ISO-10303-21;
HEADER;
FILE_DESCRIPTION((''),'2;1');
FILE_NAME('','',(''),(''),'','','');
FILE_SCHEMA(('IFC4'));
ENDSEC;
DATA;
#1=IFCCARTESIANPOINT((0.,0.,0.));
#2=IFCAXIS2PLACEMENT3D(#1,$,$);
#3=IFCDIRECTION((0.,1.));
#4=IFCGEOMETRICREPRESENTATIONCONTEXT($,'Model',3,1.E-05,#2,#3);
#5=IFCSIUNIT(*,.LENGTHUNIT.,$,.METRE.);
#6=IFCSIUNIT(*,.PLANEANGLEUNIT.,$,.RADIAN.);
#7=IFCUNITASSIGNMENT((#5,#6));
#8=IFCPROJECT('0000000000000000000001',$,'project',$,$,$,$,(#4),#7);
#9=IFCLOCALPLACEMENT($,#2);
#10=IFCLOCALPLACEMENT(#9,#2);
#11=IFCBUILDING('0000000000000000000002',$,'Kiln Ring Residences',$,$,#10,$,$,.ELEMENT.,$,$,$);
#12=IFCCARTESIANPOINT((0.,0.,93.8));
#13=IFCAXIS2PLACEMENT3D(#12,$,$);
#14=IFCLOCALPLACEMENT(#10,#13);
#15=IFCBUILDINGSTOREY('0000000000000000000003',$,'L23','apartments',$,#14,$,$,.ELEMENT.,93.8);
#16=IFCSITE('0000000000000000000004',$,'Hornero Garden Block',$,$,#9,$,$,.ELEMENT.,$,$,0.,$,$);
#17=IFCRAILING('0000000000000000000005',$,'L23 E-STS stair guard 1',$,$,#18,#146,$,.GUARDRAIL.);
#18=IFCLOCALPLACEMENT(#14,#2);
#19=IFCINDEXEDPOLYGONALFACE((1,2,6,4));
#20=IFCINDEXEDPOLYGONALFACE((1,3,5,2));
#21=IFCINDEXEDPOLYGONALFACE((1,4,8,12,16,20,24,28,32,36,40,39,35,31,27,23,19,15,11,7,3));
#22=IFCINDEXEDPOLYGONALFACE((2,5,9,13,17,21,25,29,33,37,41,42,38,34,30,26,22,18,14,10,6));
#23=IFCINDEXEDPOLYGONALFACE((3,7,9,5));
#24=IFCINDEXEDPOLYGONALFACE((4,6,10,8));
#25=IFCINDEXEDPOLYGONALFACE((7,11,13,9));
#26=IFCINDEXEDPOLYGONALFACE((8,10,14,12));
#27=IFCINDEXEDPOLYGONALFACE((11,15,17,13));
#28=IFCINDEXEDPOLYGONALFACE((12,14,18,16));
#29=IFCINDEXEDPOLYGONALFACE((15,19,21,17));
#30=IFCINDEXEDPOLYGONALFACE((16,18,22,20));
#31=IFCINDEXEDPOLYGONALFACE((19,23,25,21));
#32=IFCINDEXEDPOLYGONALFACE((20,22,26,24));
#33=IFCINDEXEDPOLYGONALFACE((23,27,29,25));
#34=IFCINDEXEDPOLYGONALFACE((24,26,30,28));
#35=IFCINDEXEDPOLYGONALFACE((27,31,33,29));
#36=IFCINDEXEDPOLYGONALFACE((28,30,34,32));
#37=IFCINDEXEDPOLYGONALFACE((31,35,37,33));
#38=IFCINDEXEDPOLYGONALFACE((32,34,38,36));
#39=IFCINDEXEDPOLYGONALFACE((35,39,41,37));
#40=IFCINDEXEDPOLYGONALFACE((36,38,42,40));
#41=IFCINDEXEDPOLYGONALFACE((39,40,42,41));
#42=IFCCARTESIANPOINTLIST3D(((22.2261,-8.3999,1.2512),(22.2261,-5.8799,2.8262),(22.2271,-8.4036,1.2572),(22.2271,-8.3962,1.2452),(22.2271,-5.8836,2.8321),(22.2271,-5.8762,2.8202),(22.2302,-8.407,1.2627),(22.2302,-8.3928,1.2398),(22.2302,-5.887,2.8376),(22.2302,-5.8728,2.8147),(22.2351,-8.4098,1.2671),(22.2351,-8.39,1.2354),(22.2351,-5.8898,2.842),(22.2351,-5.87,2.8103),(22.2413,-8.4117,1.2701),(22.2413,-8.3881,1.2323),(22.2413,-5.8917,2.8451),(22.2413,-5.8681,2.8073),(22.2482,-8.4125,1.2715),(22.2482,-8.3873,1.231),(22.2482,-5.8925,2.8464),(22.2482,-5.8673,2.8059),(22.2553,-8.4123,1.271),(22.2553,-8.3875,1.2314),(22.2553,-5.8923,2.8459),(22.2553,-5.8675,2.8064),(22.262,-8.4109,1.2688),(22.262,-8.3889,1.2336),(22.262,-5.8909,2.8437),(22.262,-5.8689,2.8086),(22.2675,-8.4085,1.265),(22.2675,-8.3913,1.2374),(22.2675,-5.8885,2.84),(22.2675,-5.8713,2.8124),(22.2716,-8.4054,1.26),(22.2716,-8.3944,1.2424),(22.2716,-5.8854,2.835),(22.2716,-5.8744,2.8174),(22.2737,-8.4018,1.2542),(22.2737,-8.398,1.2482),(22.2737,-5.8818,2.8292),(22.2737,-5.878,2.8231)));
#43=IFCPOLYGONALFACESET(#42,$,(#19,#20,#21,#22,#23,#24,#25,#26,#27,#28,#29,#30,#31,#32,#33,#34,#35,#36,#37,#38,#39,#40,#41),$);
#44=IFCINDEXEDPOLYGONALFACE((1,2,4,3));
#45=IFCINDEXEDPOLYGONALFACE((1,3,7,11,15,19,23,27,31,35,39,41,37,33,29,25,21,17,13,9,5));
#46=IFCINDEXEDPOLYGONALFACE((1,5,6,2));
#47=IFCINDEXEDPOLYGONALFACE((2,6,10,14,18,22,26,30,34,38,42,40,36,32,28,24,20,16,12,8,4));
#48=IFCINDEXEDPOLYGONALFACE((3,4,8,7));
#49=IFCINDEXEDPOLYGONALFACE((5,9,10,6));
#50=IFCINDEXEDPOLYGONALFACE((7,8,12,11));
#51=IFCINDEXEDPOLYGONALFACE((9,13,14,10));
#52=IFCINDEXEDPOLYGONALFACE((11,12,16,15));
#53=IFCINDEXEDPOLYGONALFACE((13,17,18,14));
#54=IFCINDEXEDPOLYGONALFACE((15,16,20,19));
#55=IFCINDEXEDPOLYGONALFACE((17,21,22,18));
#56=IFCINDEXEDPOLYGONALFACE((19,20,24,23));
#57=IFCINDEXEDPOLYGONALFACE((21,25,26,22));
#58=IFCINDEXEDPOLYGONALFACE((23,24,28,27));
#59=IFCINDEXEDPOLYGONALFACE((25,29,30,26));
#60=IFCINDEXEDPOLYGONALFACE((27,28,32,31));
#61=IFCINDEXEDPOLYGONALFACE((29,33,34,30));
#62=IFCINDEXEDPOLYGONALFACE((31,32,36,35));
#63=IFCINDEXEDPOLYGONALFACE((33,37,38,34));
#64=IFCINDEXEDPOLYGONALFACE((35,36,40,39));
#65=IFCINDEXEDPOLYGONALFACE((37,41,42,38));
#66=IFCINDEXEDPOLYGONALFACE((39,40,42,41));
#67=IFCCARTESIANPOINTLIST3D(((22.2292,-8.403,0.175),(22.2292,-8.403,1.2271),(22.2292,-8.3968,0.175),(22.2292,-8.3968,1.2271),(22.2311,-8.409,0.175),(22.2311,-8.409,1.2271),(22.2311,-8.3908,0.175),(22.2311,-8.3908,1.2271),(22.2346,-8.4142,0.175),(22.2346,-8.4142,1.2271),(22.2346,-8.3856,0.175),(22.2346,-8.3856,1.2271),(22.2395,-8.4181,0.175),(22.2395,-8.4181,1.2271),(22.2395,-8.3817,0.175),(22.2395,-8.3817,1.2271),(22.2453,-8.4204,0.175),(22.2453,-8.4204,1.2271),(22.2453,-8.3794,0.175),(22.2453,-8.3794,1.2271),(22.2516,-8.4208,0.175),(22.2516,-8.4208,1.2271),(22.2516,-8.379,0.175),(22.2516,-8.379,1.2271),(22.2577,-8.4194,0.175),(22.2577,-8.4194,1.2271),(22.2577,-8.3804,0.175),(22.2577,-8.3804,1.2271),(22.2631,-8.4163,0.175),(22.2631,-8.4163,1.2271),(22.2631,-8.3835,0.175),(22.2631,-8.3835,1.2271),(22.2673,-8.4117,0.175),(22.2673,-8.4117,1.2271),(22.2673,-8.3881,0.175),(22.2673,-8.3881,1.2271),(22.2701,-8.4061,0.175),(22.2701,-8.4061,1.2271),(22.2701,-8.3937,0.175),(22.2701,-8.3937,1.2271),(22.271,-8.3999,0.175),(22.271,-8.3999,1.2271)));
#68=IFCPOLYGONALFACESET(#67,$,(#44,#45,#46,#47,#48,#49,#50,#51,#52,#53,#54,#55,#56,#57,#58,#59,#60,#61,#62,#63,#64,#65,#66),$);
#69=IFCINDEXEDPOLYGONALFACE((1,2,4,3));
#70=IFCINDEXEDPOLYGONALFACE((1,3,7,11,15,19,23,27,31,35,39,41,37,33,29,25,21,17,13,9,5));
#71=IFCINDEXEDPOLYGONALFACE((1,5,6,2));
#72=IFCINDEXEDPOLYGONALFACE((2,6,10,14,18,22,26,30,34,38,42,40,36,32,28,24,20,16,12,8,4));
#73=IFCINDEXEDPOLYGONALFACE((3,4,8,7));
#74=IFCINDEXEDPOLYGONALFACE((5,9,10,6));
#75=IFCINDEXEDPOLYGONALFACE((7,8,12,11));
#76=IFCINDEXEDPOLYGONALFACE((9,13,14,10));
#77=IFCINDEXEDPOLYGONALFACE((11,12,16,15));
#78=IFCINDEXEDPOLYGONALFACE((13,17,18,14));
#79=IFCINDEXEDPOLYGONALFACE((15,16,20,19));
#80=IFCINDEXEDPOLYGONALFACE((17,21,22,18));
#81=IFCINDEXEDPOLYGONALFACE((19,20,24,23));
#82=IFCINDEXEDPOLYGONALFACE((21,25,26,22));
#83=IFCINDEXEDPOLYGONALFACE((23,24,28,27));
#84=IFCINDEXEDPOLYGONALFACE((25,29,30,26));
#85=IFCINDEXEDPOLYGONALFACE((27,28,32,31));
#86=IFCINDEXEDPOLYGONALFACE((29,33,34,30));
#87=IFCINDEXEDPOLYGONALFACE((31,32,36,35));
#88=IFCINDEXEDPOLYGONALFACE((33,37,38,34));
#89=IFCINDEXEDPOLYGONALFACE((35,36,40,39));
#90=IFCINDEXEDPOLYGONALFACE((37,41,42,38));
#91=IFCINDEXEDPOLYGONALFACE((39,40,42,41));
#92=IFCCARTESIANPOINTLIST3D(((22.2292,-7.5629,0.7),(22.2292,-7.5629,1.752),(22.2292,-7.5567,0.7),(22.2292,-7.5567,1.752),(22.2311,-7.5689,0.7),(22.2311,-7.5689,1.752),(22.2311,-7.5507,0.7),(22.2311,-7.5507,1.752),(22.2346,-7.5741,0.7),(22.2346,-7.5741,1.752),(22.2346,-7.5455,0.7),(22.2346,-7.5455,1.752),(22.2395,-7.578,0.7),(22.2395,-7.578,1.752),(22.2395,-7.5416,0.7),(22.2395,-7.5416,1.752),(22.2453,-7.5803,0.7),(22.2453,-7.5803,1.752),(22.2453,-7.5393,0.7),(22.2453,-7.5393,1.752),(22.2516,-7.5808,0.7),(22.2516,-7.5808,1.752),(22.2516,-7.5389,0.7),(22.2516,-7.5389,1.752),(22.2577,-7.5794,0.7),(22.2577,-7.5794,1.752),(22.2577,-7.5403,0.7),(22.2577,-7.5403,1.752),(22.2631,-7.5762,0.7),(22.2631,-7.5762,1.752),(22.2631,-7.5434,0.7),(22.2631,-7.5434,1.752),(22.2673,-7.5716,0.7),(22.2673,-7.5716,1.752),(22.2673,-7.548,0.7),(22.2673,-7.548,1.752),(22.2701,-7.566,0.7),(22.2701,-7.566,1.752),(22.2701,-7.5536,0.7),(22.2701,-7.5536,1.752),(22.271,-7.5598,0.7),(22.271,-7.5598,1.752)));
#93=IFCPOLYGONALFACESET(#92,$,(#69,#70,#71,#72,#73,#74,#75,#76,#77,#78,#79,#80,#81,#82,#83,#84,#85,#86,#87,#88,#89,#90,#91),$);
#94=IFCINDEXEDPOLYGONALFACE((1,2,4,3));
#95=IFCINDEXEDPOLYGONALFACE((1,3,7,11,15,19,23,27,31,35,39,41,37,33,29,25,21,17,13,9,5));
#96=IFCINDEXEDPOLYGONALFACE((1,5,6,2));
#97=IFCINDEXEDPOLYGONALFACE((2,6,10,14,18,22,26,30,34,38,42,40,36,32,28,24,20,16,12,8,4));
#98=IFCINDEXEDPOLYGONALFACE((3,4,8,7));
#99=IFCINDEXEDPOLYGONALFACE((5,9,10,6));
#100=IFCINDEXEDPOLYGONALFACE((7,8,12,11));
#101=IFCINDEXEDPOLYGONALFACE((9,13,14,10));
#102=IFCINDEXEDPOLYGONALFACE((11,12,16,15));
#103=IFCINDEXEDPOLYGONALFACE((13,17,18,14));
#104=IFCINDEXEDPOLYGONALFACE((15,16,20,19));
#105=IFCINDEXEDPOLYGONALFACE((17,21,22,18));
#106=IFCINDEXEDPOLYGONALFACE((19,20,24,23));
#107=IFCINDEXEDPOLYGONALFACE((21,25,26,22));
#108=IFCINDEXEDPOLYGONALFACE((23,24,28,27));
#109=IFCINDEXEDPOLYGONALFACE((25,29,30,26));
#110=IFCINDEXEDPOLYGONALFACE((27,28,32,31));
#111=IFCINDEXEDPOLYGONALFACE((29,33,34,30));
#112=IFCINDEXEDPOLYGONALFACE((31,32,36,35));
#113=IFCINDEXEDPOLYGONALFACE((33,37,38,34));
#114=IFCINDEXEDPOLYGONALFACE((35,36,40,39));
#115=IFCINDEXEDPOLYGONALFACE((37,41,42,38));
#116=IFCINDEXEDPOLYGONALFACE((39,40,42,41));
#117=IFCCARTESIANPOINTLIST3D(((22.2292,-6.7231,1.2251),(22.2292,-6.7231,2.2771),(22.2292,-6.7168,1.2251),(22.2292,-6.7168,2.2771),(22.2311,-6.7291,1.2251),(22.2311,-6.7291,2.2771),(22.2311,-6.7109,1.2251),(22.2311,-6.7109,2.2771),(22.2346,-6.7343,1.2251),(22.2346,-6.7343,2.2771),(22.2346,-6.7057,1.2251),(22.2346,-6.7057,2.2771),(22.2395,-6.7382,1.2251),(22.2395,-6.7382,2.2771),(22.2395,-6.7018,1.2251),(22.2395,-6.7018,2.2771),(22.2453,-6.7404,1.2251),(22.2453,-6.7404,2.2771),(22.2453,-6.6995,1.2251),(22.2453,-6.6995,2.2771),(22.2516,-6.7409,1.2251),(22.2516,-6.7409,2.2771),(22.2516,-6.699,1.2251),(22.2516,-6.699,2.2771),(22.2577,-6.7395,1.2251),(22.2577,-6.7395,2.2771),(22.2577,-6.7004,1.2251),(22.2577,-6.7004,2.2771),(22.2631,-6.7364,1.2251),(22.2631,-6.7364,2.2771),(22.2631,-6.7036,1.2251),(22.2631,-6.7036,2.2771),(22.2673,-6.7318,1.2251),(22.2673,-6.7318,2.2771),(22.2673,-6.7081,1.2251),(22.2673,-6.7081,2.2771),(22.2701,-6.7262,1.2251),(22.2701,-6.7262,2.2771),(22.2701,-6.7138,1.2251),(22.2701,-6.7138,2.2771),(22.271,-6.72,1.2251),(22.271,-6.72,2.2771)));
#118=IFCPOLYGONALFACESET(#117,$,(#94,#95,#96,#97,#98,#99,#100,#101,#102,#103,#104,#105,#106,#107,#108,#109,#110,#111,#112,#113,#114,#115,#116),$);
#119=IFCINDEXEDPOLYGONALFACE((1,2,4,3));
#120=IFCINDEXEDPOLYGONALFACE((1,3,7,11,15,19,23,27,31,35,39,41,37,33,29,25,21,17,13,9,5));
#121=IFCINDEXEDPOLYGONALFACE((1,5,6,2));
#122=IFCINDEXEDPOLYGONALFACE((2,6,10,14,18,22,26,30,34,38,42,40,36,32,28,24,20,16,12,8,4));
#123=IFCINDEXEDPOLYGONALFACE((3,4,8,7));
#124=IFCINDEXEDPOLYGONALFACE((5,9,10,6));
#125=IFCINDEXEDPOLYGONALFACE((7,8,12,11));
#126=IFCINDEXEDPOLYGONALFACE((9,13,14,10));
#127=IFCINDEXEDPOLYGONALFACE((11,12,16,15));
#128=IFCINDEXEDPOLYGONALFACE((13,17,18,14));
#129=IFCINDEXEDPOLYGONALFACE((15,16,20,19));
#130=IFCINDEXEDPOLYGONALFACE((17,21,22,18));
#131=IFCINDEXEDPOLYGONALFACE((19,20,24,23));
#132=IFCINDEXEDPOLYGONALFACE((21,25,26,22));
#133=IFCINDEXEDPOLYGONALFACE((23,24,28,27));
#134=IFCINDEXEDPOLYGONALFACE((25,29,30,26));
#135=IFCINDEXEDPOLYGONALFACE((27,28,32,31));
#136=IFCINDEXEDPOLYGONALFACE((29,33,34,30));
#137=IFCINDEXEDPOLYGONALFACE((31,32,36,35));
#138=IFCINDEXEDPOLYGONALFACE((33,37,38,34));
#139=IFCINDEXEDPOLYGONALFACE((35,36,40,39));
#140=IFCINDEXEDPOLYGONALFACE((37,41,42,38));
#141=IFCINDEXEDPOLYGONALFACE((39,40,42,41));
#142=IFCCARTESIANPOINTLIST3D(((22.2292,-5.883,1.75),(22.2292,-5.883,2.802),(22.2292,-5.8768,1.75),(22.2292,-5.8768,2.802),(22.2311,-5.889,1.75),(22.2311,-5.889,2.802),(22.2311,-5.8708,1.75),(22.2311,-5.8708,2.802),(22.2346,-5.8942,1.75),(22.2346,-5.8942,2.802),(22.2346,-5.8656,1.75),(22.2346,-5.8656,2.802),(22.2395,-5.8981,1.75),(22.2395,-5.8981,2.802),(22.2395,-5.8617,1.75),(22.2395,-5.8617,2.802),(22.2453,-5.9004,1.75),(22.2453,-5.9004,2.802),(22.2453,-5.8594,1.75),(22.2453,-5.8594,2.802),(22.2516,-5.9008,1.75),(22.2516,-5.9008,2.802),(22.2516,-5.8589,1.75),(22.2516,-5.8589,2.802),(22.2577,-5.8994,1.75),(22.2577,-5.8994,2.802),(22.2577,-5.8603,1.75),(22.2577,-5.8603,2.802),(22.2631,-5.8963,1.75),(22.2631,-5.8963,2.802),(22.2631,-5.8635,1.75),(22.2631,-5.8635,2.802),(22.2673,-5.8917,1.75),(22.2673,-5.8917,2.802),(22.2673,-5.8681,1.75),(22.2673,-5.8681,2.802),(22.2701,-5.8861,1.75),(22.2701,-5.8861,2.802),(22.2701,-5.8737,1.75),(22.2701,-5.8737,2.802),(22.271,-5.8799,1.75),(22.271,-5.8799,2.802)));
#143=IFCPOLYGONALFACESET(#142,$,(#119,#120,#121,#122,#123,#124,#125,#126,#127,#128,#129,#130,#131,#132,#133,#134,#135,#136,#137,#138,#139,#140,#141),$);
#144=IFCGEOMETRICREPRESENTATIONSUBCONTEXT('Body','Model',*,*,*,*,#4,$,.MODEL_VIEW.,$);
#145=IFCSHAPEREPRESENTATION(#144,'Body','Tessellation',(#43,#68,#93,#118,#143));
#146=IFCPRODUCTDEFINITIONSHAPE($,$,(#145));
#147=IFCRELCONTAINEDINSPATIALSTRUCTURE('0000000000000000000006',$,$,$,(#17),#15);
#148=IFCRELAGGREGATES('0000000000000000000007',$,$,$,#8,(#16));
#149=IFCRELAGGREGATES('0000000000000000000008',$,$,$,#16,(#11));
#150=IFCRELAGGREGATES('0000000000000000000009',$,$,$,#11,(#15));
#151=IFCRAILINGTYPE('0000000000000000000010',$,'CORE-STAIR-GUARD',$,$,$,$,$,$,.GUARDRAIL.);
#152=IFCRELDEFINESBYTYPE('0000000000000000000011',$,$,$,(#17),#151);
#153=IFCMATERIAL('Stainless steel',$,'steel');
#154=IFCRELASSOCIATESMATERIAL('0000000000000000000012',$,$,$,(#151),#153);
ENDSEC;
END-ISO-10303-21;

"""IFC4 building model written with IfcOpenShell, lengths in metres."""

from ifc_helpers import new_model, si_unit, direction, frame, origin, origin_2d, place, context, subcontext, project, spatial, circle, extrude, material, type_object, element, save


model = new_model("IFC4")

# Units and contexts
model_context = context("Model", 3, precision=1e-05, world=origin(), true_north=direction((0.0, 1.0)))
body_context = subcontext(model_context, "Body", "Model", "MODEL_VIEW")
ifc_project = project(units=[si_unit("LENGTHUNIT", "METRE"), si_unit("PLANEANGLEUNIT", "RADIAN")], contexts=[model_context])

# Site, building, storey
site_placement = place(None, origin())
site = spatial("IfcSite", under=ifc_project, at=site_placement, Name="Hornero Garden Block", CompositionType="ELEMENT", RefElevation=0.0)
building_placement = place(site_placement, origin())
building = spatial("IfcBuilding", under=site, at=building_placement, Name="Kiln Ring Residences", CompositionType="ELEMENT")
storey_placement = place(building_placement, frame((0.0, 0.0, 93.8)))
storey = spatial("IfcBuildingStorey", under=building, at=storey_placement, Name="L23", Description="apartments", CompositionType="ELEMENT", Elevation=93.8)

# Railing
ifc_material_1 = material(Name="Stainless steel", Category="steel")
railing_type_1 = type_object("IfcRailingType", Name="CORE-STAIR-GUARD", PredefinedType="GUARDRAIL", material=ifc_material_1)
railing_1_placement = place(storey_placement, frame((22.25, -8.3999, 0.175)))
element("IfcRailing", 1, at=railing_1_placement, inside=storey, type_object=railing_type_1, Name="L23 E-STS stair guard 1", PredefinedType="GUARDRAIL", context=body_context, shape_type="SweptSolid", body=[
    extrude(circle(Radius=0.0239, at=origin_2d()), frame((0.0, 0.0, 1.0762), z_axis=(0.0, 0.848008, 0.529984), x_axis=(-1.0, 0.0, 0.0)), (0.0, 0.0, 1.0), 2.9717),
    extrude(circle(Radius=0.021, at=origin_2d()), origin(), (0.0, 0.0, 1.0), 1.052),
    extrude(circle(Radius=0.021, at=origin_2d()), frame((0.0, 0.8401, 0.5249)), (0.0, 0.0, 1.0), 1.052),
    extrude(circle(Radius=0.021, at=origin_2d()), frame((0.0, 1.6799, 1.05)), (0.0, 0.0, 1.0), 1.052),
    extrude(circle(Radius=0.021, at=origin_2d()), frame((0.0, 2.52, 1.575)), (0.0, 0.0, 1.0), 1.052),
])

save(model, "model.ifc")
